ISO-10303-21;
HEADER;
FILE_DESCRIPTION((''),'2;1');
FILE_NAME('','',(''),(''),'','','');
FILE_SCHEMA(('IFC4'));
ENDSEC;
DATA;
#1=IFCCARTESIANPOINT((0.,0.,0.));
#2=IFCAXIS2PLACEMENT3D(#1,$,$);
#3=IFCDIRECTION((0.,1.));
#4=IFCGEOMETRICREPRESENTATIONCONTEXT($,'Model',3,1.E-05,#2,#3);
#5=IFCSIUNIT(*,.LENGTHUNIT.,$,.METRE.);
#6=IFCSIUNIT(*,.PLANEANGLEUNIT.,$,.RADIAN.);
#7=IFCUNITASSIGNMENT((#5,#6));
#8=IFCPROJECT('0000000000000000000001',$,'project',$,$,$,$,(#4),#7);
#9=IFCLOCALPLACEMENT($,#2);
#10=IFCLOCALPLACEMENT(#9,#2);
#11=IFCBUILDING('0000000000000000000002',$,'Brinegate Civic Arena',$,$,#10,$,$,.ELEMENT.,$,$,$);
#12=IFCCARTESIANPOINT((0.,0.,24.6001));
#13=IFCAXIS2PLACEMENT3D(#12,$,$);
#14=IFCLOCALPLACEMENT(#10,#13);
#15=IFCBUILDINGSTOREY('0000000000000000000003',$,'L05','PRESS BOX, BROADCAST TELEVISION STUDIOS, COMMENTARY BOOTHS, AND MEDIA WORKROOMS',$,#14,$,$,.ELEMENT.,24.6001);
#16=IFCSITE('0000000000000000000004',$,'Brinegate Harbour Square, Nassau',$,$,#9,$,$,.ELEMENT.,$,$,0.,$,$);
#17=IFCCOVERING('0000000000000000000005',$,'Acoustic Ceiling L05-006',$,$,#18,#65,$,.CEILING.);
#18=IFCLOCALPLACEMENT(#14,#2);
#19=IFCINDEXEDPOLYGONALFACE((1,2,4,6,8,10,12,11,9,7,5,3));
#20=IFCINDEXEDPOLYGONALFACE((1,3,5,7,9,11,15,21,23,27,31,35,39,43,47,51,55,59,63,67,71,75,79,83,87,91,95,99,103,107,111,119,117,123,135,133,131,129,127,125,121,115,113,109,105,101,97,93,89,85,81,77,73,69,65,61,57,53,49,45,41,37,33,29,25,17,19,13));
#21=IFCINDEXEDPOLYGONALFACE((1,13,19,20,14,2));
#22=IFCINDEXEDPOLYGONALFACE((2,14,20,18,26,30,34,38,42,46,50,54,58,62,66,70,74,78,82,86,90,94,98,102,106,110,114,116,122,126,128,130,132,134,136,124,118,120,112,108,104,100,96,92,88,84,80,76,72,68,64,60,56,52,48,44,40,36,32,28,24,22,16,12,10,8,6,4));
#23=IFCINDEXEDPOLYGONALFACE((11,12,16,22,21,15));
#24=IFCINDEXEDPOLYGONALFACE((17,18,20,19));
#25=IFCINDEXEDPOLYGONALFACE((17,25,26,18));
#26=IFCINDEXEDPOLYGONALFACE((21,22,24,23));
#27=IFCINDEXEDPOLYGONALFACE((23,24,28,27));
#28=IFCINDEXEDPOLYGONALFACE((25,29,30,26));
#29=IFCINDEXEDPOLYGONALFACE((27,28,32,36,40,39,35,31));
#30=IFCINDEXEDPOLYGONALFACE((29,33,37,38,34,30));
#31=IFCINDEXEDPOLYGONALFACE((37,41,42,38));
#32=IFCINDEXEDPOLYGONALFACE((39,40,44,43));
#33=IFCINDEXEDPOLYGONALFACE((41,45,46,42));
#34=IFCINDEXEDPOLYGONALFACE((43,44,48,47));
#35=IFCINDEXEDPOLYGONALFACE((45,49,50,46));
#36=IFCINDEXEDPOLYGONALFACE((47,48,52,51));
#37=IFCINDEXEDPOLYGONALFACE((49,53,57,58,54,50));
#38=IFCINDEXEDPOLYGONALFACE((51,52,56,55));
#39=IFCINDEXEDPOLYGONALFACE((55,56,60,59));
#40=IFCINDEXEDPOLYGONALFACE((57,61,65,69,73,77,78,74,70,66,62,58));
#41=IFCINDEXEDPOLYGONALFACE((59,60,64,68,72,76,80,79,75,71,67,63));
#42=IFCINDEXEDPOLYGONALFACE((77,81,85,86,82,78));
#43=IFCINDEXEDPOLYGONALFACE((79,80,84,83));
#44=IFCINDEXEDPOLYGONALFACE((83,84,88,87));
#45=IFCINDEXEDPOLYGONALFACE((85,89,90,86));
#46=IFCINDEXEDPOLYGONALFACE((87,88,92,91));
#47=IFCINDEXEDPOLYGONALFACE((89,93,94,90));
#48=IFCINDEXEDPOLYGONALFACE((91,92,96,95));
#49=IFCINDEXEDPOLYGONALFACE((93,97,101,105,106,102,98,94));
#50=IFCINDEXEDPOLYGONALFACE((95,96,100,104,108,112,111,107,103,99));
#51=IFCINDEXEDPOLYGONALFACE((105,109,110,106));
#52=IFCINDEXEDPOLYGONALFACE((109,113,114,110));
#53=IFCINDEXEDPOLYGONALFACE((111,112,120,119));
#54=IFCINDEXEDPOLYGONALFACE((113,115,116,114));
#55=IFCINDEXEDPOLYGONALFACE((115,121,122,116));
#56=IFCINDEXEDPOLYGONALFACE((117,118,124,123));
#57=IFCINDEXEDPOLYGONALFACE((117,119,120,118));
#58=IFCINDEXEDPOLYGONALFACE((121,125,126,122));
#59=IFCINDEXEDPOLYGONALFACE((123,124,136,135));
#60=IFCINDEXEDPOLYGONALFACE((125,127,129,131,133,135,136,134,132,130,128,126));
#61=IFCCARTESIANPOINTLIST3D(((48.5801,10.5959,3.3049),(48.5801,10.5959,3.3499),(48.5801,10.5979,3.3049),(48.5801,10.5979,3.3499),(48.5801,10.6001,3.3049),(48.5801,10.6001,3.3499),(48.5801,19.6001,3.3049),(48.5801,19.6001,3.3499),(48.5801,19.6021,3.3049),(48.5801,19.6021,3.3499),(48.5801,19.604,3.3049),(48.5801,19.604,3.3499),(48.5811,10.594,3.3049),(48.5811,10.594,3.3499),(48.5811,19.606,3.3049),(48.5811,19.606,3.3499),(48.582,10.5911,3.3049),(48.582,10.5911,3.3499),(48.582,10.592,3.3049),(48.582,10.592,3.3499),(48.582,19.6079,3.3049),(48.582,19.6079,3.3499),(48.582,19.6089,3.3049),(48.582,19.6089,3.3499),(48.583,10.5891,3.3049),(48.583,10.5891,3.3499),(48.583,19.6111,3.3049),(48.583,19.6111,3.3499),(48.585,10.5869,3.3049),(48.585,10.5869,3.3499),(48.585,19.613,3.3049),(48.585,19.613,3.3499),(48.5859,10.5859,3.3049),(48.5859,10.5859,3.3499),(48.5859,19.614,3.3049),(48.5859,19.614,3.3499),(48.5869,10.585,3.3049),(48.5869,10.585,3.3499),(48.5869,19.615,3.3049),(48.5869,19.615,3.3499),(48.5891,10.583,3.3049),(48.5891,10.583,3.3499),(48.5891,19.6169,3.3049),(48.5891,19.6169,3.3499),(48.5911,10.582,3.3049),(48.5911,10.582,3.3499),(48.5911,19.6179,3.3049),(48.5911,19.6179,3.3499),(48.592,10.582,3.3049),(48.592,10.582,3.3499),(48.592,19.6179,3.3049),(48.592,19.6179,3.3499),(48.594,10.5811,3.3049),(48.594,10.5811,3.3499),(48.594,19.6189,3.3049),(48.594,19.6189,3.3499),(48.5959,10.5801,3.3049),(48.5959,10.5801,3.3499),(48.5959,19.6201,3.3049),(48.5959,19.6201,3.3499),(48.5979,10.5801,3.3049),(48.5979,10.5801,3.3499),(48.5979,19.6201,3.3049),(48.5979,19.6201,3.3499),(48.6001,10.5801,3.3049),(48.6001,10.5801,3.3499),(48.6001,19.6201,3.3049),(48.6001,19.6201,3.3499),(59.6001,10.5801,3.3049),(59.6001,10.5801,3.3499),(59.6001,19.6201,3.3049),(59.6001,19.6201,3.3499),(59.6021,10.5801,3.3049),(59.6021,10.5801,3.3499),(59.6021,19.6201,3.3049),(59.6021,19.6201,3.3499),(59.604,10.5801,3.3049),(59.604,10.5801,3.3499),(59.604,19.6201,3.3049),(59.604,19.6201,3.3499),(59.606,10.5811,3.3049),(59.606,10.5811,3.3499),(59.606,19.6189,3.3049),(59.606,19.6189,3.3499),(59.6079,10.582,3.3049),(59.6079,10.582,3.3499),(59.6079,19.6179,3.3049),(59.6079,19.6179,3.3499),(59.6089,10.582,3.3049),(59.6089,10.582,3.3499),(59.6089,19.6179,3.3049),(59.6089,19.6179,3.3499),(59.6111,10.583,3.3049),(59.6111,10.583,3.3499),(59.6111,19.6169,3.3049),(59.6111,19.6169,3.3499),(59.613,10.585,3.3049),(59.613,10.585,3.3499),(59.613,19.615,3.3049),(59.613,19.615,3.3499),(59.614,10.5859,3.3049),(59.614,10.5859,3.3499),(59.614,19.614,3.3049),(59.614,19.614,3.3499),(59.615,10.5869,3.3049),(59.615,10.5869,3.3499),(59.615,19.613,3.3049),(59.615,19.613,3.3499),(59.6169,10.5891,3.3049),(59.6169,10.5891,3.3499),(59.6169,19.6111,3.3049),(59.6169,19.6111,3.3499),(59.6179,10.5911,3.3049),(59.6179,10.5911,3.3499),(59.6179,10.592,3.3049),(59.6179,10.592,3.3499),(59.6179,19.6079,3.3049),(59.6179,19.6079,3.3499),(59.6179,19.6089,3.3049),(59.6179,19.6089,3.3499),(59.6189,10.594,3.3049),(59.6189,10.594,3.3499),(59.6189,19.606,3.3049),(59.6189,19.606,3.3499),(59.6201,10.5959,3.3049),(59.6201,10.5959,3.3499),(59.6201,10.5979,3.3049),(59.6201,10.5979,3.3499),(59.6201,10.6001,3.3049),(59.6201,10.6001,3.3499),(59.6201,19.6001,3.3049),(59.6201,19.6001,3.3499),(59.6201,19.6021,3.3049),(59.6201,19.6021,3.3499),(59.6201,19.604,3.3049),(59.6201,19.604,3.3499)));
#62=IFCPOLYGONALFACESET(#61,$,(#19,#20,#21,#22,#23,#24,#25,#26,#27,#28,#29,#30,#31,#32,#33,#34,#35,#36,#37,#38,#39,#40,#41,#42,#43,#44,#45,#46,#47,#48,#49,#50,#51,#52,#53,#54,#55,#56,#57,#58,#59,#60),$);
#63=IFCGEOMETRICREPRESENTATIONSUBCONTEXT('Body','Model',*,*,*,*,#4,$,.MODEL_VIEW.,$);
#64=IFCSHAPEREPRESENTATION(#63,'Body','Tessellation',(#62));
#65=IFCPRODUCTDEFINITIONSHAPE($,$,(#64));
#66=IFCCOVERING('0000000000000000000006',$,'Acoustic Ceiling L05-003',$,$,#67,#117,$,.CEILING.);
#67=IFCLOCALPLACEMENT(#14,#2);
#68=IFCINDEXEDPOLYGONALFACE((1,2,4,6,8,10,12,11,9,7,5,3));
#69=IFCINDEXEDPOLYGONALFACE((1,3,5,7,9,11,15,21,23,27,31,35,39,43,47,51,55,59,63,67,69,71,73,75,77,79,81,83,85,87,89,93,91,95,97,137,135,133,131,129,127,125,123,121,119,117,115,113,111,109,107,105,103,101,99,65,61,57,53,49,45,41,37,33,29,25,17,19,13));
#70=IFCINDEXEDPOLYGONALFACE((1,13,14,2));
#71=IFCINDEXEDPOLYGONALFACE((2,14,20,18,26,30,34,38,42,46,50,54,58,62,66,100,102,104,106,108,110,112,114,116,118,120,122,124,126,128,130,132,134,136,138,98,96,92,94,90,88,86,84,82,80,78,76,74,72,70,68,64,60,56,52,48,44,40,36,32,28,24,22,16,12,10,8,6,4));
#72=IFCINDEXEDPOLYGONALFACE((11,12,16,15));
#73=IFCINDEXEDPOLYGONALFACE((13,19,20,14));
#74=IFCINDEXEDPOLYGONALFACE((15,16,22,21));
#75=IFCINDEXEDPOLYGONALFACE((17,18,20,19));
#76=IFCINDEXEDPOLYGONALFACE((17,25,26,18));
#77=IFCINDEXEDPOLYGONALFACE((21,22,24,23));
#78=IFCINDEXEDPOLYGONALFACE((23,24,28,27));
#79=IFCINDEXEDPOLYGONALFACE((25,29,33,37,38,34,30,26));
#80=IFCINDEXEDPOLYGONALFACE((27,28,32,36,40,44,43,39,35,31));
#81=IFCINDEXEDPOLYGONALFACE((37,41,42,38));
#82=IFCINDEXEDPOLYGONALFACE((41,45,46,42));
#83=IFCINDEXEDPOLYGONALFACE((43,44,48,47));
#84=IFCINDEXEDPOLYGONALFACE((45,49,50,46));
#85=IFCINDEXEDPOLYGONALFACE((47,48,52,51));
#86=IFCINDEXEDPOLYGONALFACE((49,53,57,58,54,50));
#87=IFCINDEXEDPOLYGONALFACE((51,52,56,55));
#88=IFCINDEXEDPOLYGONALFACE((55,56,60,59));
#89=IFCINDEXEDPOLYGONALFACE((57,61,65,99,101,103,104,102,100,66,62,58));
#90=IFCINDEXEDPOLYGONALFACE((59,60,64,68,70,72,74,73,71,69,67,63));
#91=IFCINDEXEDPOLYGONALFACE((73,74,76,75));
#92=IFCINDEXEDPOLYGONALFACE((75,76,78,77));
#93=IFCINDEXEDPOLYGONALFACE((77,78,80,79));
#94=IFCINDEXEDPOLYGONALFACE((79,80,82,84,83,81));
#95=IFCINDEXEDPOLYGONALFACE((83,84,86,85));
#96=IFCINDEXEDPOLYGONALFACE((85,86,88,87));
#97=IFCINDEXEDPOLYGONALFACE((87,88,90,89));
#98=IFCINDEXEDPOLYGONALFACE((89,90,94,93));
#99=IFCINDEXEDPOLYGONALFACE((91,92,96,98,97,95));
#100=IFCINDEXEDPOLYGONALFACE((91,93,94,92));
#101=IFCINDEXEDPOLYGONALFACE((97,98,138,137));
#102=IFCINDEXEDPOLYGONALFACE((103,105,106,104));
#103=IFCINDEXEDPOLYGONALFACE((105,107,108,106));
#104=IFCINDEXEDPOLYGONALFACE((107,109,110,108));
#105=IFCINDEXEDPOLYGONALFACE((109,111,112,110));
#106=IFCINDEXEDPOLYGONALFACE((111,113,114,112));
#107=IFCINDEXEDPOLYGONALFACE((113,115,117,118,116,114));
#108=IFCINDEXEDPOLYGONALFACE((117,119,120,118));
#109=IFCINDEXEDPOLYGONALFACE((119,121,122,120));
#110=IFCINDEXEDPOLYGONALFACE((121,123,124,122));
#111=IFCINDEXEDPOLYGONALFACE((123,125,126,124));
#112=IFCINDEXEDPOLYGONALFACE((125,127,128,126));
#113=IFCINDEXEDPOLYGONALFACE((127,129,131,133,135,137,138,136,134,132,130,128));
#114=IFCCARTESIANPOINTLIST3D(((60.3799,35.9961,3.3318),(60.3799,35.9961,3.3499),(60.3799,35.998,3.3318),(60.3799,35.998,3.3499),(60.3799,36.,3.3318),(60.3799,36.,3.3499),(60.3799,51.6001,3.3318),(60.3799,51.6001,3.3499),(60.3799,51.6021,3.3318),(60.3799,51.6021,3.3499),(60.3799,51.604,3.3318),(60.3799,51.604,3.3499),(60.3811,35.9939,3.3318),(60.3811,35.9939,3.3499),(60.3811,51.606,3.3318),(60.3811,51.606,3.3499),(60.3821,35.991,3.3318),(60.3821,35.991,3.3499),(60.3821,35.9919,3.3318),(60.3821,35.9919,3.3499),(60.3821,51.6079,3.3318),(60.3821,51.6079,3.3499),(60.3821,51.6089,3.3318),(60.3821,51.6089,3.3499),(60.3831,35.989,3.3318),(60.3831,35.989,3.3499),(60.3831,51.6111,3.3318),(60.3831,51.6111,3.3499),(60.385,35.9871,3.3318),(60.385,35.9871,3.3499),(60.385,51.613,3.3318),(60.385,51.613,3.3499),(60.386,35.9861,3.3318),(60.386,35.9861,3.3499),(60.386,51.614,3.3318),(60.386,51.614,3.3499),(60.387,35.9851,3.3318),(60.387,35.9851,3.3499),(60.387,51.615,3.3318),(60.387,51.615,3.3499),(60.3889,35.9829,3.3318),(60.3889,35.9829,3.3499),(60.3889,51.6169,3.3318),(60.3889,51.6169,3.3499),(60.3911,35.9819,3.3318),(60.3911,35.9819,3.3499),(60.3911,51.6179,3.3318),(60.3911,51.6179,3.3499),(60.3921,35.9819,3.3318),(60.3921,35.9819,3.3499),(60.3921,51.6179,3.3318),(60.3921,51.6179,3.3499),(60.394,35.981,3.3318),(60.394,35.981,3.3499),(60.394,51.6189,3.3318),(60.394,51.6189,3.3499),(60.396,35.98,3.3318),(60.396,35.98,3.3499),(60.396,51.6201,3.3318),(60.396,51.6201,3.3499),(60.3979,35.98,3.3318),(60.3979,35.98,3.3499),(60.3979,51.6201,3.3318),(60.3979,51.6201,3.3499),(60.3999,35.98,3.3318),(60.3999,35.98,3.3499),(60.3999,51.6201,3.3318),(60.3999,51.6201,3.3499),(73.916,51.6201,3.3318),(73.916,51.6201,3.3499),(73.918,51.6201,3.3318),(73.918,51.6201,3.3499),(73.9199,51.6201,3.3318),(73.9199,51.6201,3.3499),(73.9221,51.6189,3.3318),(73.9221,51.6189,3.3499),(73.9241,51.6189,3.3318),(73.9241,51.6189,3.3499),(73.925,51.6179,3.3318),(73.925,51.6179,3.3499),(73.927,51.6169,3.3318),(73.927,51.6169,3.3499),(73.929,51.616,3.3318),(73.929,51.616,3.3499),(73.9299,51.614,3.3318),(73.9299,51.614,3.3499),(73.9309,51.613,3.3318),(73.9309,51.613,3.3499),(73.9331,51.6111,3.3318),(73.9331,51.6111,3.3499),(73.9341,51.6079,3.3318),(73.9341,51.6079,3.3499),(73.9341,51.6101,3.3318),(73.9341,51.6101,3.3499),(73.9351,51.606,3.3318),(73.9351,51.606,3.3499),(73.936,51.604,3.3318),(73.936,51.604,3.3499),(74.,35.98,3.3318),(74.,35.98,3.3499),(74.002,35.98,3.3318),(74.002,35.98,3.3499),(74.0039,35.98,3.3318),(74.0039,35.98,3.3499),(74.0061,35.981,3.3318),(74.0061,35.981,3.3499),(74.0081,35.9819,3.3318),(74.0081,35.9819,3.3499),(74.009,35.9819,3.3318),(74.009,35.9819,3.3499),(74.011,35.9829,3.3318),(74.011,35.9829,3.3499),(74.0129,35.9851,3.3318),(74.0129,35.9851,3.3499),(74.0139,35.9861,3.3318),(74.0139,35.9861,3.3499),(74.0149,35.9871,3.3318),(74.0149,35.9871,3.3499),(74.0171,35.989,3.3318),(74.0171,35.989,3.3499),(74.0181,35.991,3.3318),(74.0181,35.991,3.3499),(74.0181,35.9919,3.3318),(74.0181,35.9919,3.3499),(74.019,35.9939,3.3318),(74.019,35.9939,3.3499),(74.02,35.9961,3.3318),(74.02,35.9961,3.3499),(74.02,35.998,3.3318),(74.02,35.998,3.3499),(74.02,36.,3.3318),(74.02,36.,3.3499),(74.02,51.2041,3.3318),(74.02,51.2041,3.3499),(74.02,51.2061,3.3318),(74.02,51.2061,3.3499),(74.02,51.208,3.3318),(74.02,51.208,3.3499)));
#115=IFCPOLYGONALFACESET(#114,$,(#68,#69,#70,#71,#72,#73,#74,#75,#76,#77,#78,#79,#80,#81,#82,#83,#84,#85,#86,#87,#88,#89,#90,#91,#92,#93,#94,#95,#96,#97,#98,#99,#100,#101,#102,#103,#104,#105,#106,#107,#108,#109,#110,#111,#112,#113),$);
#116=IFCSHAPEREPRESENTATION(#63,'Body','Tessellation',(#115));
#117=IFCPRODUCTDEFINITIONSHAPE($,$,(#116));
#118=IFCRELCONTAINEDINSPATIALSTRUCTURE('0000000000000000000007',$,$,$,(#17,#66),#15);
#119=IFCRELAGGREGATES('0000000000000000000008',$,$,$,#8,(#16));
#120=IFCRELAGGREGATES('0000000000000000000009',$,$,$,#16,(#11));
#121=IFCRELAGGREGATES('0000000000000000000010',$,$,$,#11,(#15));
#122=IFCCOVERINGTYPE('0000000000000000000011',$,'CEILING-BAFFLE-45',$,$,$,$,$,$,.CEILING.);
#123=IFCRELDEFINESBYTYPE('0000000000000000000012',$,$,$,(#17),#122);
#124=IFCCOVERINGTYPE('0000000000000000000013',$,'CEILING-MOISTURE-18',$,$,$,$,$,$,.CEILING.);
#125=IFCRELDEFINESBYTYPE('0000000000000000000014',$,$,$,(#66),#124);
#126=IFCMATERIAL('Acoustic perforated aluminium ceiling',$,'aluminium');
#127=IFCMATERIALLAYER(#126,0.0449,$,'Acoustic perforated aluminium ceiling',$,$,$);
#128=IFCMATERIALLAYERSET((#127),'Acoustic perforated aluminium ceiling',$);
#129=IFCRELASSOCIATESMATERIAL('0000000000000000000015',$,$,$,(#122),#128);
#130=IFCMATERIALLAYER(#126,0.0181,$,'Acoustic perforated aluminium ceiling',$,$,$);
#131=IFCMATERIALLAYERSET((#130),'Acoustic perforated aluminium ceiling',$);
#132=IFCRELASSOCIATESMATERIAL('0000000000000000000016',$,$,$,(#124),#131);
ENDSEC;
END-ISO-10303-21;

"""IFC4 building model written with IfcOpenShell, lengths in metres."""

from ifc_helpers import new_model, si_unit, direction, frame, origin, place, context, subcontext, project, spatial, polyline, outline, extrude, material, layer, layer_set, type_object, element, save


model = new_model("IFC4")

# Units and contexts
model_context = context("Model", 3, precision=1e-05, world=origin(), true_north=direction((0.0, 1.0)))
body_context = subcontext(model_context, "Body", "Model", "MODEL_VIEW")
ifc_project = project(units=[si_unit("LENGTHUNIT", "METRE"), si_unit("PLANEANGLEUNIT", "RADIAN")], contexts=[model_context])

# Site, building, storey
site_placement = place(None, origin())
site = spatial("IfcSite", under=ifc_project, at=site_placement, Name="Brinegate Harbour Square, Nassau", CompositionType="ELEMENT", RefElevation=0.0)
building_placement = place(site_placement, origin())
building = spatial("IfcBuilding", under=site, at=building_placement, Name="Brinegate Civic Arena", CompositionType="ELEMENT")
storey_placement = place(building_placement, frame((0.0, 0.0, 24.6001)))
storey = spatial("IfcBuildingStorey", under=building, at=storey_placement, Name="L05", Description="PRESS BOX, BROADCAST TELEVISION STUDIOS, COMMENTARY BOOTHS, AND MEDIA WORKROOMS", CompositionType="ELEMENT", Elevation=24.6001)

# Coverings
ifc_material_1 = material(Name="Acoustic perforated aluminium ceiling", Category="aluminium")
ifc_layer_1 = layer(ifc_material_1, 0.0449, Name="Acoustic perforated aluminium ceiling")
ifc_layer_set_1 = layer_set([ifc_layer_1], Name="Acoustic perforated aluminium ceiling")
covering_type_1 = type_object("IfcCoveringType", Name="CEILING-BAFFLE-45", PredefinedType="CEILING", material=ifc_layer_set_1)
covering_1_placement = place(storey_placement, frame((0.0, 0.0, 3.3049)))
element("IfcCovering", 1, at=covering_1_placement, inside=storey, type_object=covering_type_1, Name="Acoustic Ceiling L05-006", PredefinedType="CEILING", context=body_context, shape_type="SweptSolid", body=[
    extrude(outline(polyline([(59.604, 19.6201), (59.606, 19.6189), (59.6079, 19.6179), (59.6089, 19.6179), (59.6111, 19.6169), (59.613, 19.615), (59.614, 19.614), (59.615, 19.613), (59.6169, 19.6111), (59.6179, 19.6089), (59.6179, 19.6079), (59.6189, 19.606), (59.6201, 19.604), (59.6201, 19.6021), (59.6201, 19.6001), (59.6201, 10.6001), (59.6201, 10.5979), (59.6201, 10.5959), (59.6189, 10.594), (59.6179, 10.592), (59.6179, 10.5911), (59.6169, 10.5891), (59.615, 10.5869), (59.614, 10.5859), (59.613, 10.585), (59.6111, 10.583), (59.6089, 10.582), (59.6079, 10.582), (59.606, 10.5811), (59.604, 10.5801), (59.6021, 10.5801), (59.6001, 10.5801), (48.6001, 10.5801), (48.5979, 10.5801), (48.5959, 10.5801), (48.594, 10.5811), (48.592, 10.582), (48.5911, 10.582), (48.5891, 10.583), (48.5869, 10.585), (48.5859, 10.5859), (48.585, 10.5869), (48.583, 10.5891), (48.582, 10.5911), (48.582, 10.592), (48.5811, 10.594), (48.5801, 10.5959), (48.5801, 10.5979), (48.5801, 10.6001), (48.5801, 19.6001), (48.5801, 19.6021), (48.5801, 19.604), (48.5811, 19.606), (48.582, 19.6079), (48.582, 19.6089), (48.583, 19.6111), (48.585, 19.613), (48.5859, 19.614), (48.5869, 19.615), (48.5891, 19.6169), (48.5911, 19.6179), (48.592, 19.6179), (48.594, 19.6189), (48.5959, 19.6201), (48.5979, 19.6201), (48.6001, 19.6201), (59.6001, 19.6201), (59.6021, 19.6201), (59.604, 19.6201)])), origin(), (0.0, 0.0, 1.0), 0.0449),
])
ifc_layer_2 = layer(ifc_material_1, 0.0181, Name="Acoustic perforated aluminium ceiling")
ifc_layer_set_2 = layer_set([ifc_layer_2], Name="Acoustic perforated aluminium ceiling")
covering_type_2 = type_object("IfcCoveringType", Name="CEILING-MOISTURE-18", PredefinedType="CEILING", material=ifc_layer_set_2)
covering_2_placement = place(storey_placement, frame((0.0, 0.0, 3.3318)))
element("IfcCovering", 2, at=covering_2_placement, inside=storey, type_object=covering_type_2, Name="Acoustic Ceiling L05-003", PredefinedType="CEILING", context=body_context, shape_type="SweptSolid", body=[
    extrude(outline(polyline([(60.396, 35.98), (60.394, 35.981), (60.3921, 35.9819), (60.3911, 35.9819), (60.3889, 35.9829), (60.387, 35.9851), (60.386, 35.9861), (60.385, 35.9871), (60.3831, 35.989), (60.3821, 35.991), (60.3821, 35.9919), (60.3811, 35.9939), (60.3799, 35.9961), (60.3799, 35.998), (60.3799, 36.0), (60.3799, 51.6001), (60.3799, 51.6021), (60.3799, 51.604), (60.3811, 51.606), (60.3821, 51.6079), (60.3821, 51.6089), (60.3831, 51.6111), (60.385, 51.613), (60.386, 51.614), (60.387, 51.615), (60.3889, 51.6169), (60.3911, 51.6179), (60.3921, 51.6179), (60.394, 51.6189), (60.396, 51.6201), (60.3979, 51.6201), (60.3999, 51.6201), (73.916, 51.6201), (73.918, 51.6201), (73.9199, 51.6201), (73.9221, 51.6189), (73.9241, 51.6189), (73.925, 51.6179), (73.927, 51.6169), (73.929, 51.616), (73.9299, 51.614), (73.9309, 51.613), (73.9331, 51.6111), (73.9341, 51.6101), (73.9341, 51.6079), (73.9351, 51.606), (73.936, 51.604), (74.02, 51.208), (74.02, 51.2061), (74.02, 51.2041), (74.02, 36.0), (74.02, 35.998), (74.02, 35.9961), (74.019, 35.9939), (74.0181, 35.9919), (74.0181, 35.991), (74.0171, 35.989), (74.0149, 35.9871), (74.0139, 35.9861), (74.0129, 35.9851), (74.011, 35.9829), (74.009, 35.9819), (74.0081, 35.9819), (74.0061, 35.981), (74.0039, 35.98), (74.002, 35.98), (74.0, 35.98), (60.3999, 35.98), (60.3979, 35.98), (60.396, 35.98)])), origin(), (0.0, 0.0, 1.0), 0.0181),
])

save(model, "model.ifc")
